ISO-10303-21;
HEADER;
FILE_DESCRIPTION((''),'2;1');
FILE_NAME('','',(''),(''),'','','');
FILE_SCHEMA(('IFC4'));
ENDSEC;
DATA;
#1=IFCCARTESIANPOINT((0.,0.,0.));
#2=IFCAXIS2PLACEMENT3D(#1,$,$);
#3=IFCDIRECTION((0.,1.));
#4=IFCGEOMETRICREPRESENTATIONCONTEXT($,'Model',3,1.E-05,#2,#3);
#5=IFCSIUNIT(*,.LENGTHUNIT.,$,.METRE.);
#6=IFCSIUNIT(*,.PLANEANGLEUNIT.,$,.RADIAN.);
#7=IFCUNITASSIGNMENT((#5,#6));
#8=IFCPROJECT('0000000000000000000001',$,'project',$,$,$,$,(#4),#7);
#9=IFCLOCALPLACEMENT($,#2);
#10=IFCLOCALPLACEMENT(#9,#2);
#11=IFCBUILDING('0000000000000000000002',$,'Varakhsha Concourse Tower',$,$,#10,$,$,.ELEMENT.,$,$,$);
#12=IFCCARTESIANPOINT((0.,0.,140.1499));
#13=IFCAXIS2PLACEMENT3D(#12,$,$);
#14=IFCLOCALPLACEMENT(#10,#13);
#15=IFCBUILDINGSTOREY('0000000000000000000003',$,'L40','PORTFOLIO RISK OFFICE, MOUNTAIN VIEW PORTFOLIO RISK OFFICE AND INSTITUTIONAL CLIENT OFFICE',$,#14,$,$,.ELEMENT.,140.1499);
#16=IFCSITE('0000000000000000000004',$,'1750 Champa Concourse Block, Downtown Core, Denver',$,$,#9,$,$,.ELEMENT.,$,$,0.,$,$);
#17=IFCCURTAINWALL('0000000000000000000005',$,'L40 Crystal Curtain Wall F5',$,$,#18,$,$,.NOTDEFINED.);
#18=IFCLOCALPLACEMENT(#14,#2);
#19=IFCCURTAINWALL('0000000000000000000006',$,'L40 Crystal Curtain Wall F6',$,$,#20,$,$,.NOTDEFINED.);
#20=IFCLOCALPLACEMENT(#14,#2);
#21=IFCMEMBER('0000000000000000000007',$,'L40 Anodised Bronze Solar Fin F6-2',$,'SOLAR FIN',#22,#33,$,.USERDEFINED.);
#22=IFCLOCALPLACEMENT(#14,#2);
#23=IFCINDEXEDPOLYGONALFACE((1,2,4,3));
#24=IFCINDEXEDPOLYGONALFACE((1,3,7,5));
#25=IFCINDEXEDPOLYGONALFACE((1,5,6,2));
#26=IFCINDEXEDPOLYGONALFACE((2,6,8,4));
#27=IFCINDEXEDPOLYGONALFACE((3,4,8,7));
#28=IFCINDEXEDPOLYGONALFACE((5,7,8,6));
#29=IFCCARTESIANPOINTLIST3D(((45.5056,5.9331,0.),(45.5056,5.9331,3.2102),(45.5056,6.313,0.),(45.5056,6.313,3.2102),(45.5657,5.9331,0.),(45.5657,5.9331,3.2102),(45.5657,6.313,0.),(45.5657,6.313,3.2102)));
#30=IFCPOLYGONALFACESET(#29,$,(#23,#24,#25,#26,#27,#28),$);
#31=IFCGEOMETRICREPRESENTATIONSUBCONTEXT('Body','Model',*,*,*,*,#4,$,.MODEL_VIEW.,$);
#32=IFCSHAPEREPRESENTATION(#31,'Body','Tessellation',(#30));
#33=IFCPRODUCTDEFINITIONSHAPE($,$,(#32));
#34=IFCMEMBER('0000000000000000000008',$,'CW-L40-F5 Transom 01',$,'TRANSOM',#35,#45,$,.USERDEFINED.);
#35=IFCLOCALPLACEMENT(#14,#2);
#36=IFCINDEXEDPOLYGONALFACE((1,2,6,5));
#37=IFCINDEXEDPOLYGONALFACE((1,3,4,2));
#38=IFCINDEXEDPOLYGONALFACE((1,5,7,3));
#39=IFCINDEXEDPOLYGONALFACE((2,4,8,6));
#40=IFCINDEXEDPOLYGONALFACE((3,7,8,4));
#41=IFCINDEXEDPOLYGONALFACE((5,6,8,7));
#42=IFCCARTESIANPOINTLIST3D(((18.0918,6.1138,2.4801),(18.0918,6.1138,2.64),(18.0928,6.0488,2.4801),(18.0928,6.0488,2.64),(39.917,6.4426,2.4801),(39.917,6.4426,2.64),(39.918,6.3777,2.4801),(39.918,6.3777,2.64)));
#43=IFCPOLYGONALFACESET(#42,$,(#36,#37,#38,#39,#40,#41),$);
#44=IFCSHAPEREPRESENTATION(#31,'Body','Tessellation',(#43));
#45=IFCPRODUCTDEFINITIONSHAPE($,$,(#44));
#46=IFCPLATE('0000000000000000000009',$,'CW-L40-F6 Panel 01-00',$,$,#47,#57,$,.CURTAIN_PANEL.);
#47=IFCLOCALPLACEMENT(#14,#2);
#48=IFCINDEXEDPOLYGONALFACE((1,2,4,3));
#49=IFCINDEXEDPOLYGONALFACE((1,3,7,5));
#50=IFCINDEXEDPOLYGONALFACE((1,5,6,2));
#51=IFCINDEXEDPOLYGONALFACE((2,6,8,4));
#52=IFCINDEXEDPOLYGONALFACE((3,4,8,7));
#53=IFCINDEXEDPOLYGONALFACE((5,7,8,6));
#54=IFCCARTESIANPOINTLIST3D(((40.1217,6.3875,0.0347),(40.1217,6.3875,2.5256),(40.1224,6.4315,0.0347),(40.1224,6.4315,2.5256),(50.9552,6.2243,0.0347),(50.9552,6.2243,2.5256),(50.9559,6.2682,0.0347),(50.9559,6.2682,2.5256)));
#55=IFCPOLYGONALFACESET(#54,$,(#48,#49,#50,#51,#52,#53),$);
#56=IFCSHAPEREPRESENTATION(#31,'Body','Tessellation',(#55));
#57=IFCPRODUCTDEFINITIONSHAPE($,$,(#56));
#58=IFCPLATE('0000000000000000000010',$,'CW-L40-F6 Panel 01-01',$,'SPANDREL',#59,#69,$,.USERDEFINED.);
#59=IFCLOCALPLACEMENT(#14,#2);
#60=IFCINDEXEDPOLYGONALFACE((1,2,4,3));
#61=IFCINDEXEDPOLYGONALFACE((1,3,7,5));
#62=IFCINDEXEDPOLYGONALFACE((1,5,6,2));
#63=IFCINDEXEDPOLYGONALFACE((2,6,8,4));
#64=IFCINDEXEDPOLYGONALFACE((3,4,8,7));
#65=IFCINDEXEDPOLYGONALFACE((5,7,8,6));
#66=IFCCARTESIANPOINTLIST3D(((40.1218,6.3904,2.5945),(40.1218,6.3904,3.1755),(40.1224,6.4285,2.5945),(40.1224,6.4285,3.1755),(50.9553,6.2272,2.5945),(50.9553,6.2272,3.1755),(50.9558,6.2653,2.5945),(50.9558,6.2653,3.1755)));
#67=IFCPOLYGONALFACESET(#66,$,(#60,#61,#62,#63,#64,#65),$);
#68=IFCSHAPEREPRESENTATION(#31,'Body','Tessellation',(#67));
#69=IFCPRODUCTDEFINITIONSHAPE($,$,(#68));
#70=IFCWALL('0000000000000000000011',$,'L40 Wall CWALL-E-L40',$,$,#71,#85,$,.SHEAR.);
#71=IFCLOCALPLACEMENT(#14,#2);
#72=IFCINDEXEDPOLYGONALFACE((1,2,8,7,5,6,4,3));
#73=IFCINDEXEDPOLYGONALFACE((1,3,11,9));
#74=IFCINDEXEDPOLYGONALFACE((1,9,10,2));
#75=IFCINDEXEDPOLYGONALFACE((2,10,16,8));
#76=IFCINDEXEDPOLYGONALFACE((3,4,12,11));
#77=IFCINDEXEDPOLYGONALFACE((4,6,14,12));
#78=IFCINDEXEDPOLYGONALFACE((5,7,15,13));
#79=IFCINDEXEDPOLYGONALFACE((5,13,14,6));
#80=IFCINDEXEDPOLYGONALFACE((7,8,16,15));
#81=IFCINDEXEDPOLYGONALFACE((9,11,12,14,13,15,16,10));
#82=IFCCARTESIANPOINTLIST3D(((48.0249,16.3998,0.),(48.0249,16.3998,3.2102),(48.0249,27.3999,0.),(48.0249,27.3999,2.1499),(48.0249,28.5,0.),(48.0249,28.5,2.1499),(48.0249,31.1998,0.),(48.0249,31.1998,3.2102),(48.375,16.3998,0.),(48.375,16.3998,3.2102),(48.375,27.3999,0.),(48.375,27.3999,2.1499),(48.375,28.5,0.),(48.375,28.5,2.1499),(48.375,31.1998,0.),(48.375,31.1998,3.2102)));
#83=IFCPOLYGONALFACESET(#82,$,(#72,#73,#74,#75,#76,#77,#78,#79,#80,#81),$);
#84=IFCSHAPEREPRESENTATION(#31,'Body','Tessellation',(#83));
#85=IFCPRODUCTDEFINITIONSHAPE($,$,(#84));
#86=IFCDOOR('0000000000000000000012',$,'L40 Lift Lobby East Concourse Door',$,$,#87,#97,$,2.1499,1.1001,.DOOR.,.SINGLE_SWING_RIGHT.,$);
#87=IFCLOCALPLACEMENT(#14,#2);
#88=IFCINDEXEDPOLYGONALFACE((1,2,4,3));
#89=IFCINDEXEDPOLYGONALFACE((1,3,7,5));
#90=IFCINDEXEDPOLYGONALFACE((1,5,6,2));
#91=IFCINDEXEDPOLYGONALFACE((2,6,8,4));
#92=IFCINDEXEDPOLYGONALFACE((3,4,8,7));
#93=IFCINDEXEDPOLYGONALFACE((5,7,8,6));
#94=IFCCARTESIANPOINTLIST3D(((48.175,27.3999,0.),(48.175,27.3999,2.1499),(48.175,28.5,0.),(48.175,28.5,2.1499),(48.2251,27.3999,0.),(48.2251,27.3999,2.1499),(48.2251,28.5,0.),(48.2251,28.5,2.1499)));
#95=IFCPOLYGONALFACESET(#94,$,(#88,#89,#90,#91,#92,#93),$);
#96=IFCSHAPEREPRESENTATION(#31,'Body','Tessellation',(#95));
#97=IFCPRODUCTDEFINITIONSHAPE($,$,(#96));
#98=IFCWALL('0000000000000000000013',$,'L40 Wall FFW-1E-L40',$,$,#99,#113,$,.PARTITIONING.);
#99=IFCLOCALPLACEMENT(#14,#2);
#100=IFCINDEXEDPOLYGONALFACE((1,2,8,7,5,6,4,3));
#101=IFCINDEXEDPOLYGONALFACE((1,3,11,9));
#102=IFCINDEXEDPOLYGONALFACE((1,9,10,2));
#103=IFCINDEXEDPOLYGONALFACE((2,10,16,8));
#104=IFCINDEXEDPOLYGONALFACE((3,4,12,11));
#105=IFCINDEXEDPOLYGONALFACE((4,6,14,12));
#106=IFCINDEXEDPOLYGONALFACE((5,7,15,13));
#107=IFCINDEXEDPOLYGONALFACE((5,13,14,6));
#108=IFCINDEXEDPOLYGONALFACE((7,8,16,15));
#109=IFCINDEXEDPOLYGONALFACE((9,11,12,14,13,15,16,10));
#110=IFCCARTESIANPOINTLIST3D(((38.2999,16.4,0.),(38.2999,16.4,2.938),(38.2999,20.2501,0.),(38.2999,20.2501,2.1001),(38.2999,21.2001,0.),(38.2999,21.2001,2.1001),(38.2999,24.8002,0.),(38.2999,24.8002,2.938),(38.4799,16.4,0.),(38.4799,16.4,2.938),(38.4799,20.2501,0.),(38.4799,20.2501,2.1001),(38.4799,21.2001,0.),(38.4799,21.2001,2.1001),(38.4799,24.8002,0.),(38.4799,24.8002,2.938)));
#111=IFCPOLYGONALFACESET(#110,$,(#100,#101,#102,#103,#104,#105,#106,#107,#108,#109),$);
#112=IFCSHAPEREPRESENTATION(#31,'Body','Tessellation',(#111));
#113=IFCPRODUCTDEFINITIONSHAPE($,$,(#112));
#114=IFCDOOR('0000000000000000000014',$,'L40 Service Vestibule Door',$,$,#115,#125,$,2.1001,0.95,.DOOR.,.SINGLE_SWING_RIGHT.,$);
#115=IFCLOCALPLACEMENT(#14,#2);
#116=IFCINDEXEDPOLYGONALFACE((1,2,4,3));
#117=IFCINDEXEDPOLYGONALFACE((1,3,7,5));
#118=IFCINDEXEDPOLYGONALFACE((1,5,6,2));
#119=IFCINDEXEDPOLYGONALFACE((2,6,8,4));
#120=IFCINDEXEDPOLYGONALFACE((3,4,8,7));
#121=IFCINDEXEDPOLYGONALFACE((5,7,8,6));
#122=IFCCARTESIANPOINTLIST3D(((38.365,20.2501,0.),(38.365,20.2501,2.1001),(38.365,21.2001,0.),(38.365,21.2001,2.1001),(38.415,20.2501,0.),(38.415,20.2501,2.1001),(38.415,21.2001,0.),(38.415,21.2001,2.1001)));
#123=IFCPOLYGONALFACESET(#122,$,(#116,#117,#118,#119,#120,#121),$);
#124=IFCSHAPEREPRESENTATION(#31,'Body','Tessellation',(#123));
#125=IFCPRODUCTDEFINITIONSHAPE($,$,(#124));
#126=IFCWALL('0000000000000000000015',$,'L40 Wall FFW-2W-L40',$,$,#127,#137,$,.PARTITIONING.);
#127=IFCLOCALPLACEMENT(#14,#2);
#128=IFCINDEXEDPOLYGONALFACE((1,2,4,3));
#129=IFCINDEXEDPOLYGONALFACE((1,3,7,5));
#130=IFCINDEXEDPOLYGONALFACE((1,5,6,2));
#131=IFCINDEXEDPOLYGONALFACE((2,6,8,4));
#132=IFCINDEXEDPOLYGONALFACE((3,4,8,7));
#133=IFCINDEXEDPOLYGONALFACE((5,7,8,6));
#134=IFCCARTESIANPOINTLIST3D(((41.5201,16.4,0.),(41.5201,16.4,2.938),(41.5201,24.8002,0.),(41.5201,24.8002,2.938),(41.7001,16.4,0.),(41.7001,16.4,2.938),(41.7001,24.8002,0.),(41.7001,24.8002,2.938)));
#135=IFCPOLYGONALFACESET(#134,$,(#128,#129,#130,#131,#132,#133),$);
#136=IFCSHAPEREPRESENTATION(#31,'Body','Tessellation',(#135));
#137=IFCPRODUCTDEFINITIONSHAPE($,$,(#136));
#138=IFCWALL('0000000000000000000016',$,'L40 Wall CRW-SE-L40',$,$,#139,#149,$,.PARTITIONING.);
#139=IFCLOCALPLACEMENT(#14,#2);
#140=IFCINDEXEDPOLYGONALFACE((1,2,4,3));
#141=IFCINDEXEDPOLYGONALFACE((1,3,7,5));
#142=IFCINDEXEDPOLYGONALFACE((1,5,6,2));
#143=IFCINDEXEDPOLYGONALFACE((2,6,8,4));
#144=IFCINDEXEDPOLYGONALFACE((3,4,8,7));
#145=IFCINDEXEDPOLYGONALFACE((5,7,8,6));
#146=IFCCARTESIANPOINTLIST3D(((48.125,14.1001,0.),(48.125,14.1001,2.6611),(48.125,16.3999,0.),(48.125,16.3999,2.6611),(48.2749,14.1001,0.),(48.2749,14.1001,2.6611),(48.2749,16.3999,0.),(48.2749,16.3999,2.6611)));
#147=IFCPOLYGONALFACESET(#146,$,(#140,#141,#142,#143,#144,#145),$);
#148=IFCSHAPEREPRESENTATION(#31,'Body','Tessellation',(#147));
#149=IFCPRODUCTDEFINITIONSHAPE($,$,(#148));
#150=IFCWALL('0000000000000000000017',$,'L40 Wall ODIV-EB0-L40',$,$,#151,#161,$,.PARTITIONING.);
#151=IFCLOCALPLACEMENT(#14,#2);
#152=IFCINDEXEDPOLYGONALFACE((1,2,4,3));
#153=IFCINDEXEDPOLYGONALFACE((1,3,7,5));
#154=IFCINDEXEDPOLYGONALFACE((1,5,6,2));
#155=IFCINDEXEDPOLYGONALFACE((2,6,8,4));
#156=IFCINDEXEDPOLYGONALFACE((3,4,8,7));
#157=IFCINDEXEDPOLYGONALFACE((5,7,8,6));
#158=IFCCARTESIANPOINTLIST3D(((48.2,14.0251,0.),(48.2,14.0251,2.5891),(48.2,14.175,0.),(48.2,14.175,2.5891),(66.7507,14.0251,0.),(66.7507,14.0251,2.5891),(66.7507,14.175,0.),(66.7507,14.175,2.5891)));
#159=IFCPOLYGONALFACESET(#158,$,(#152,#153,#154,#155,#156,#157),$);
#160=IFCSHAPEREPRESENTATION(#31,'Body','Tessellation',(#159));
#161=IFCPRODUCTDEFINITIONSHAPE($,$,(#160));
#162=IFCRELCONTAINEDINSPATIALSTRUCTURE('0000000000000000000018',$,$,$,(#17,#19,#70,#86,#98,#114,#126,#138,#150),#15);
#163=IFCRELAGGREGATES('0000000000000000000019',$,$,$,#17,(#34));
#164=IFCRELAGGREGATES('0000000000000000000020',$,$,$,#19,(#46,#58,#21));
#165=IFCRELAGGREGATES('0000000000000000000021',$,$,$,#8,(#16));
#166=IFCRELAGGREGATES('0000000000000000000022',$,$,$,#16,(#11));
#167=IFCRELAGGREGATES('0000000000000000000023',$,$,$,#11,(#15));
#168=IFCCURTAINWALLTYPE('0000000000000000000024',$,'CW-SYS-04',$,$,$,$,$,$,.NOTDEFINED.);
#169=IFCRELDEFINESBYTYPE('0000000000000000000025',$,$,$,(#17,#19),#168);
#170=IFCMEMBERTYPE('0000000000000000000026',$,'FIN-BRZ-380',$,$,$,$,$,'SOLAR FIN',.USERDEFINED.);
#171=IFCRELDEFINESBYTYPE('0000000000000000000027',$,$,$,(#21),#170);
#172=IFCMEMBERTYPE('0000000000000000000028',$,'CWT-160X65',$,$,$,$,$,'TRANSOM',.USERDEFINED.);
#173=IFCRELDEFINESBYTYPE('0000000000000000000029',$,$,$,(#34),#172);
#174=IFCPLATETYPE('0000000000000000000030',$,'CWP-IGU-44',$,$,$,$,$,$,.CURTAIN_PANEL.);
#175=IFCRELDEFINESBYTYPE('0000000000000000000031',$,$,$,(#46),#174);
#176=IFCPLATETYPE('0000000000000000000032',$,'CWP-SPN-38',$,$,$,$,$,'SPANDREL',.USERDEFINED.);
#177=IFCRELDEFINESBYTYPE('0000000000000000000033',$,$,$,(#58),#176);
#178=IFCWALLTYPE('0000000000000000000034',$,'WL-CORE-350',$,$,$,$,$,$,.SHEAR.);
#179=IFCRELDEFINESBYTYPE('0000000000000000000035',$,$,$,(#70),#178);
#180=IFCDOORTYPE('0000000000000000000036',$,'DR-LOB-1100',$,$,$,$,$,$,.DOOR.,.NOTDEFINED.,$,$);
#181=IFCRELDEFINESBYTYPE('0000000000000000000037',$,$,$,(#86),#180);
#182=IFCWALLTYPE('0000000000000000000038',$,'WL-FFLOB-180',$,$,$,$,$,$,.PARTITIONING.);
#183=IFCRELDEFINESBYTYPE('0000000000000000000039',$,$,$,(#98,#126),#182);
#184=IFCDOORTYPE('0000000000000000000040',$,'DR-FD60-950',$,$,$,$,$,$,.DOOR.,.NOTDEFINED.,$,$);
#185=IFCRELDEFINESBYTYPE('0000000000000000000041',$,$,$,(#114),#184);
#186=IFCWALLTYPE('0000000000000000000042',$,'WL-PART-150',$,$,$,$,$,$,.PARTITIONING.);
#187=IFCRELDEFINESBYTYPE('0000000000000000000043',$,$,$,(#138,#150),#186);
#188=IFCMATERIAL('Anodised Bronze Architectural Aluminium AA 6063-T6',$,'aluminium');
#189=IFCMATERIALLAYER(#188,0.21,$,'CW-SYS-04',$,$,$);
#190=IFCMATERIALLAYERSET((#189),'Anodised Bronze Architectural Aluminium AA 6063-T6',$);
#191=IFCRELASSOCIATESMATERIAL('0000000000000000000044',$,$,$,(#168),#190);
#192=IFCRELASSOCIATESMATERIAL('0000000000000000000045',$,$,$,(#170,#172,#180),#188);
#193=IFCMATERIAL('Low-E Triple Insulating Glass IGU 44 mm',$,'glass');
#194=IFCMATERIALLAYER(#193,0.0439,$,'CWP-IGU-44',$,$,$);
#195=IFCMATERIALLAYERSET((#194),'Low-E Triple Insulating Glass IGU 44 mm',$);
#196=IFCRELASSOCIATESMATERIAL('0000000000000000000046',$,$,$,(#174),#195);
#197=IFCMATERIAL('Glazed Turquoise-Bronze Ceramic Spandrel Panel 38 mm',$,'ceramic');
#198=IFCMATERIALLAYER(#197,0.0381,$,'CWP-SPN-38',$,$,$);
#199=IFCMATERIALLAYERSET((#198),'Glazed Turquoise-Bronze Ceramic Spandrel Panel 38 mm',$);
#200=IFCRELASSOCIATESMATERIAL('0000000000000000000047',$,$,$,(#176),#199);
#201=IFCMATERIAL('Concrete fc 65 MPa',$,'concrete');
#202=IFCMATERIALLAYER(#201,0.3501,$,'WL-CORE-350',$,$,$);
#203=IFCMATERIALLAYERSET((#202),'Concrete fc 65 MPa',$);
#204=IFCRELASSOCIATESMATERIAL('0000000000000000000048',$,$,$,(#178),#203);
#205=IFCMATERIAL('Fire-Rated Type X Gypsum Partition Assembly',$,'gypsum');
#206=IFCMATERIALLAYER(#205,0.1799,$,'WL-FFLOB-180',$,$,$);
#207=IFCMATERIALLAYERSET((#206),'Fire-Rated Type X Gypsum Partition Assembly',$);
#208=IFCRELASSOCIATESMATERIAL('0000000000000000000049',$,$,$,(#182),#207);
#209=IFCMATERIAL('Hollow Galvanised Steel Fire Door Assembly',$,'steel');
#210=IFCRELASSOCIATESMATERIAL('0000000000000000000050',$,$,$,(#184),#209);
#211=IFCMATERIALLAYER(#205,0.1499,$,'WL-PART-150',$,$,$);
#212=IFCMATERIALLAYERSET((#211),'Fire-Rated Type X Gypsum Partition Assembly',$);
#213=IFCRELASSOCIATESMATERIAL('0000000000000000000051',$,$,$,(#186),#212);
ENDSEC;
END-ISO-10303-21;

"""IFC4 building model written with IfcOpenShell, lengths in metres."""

from ifc_helpers import new_model, si_unit, direction, frame, frame_2d, origin, origin_2d, place, context, subcontext, project, spatial, rectangle, extrude, source, transform, mapped, material, layer, layer_set, material_profile, profile_set, type_object, type_shapes, element, fill, aggregate, save


model = new_model("IFC4")

# Units and contexts
model_context = context("Model", 3, precision=1e-05, world=origin(), true_north=direction((0.0, 1.0)))
body_context = subcontext(model_context, "Body", "Model", "MODEL_VIEW")
ifc_project = project(units=[si_unit("LENGTHUNIT", "METRE"), si_unit("PLANEANGLEUNIT", "RADIAN")], contexts=[model_context])

# Site, building, storey
site_placement = place(None, origin())
site = spatial("IfcSite", under=ifc_project, at=site_placement, Name="1750 Champa Concourse Block, Downtown Core, Denver", CompositionType="ELEMENT", RefElevation=0.0)
building_placement = place(site_placement, origin())
building = spatial("IfcBuilding", under=site, at=building_placement, Name="Varakhsha Concourse Tower", CompositionType="ELEMENT")
storey_placement = place(building_placement, frame((0.0, 0.0, 140.1499)))
storey = spatial("IfcBuildingStorey", under=building, at=storey_placement, Name="L40", Description="PORTFOLIO RISK OFFICE, MOUNTAIN VIEW PORTFOLIO RISK OFFICE AND INSTITUTIONAL CLIENT OFFICE", CompositionType="ELEMENT", Elevation=140.1499)

# Shared definitions
ifc_material_1 = material(Name="Concrete fc 65 MPa", Category="concrete")

# Curtain wall
ifc_material_2 = material(Name="Anodised Bronze Architectural Aluminium AA 6063-T6", Category="aluminium")
ifc_layer_1 = layer(ifc_material_2, 0.21, Name="CW-SYS-04")
ifc_layer_set_1 = layer_set([ifc_layer_1], Name="Anodised Bronze Architectural Aluminium AA 6063-T6")
curtain_wall_type = type_object("IfcCurtainWallType", Name="CW-SYS-04", PredefinedType="NOTDEFINED", material=ifc_layer_set_1)
curtain_wall_1_placement = place(storey_placement, origin())
curtain_wall_1 = element("IfcCurtainWall", 1, at=curtain_wall_1_placement, inside=storey, type_object=curtain_wall_type, Name="L40 Crystal Curtain Wall F5", PredefinedType="NOTDEFINED")

# Curtain wall, member
curtain_wall_2_placement = place(storey_placement, origin())
curtain_wall_2 = element("IfcCurtainWall", 2, at=curtain_wall_2_placement, inside=storey, type_object=curtain_wall_type, Name="L40 Crystal Curtain Wall F6", PredefinedType="NOTDEFINED")
ifc_material_profile_1 = material_profile(ifc_material_2, rectangle(XDim=0.0601, YDim=0.3799, at=origin_2d()), Name="FIN-BRZ-380")
ifc_profile_set_1 = profile_set([ifc_material_profile_1], Name="Anodised Bronze Architectural Aluminium AA 6063-T6")
member_type_1 = type_object("IfcMemberType", Name="FIN-BRZ-380", ElementType="SOLAR FIN", PredefinedType="USERDEFINED", material=ifc_profile_set_1)
shared_shape_1 = source(origin(), body_context, "Body", "SweptSolid", [
    extrude(rectangle(XDim=0.0601, YDim=0.3799, at=origin_2d()), origin(), (0.0, 0.0, 1.0), 3.2102),
])
type_shapes(member_type_1, [shared_shape_1])
member_1_placement = place(storey_placement, frame((45.5356, 6.123, 0.0), z_axis=(0.0, 0.0, 1.0), x_axis=(1.0, 0.0, 0.0)))
member_1 = element("IfcMember", 3, at=member_1_placement, type_object=member_type_1, Name="L40 Anodised Bronze Solar Fin F6-2", ObjectType="SOLAR FIN", PredefinedType="USERDEFINED", context=body_context, shape_type="MappedRepresentation", body=[
    mapped(shared_shape_1, transform((0.0, 0.0, 0.0), scale=1.0)),
])

# Member
ifc_material_profile_2 = material_profile(ifc_material_2, rectangle(XDim=0.0649, YDim=0.1599, at=origin_2d()), Name="CWT-160X65")
ifc_profile_set_2 = profile_set([ifc_material_profile_2], Name="Anodised Bronze Architectural Aluminium AA 6063-T6")
member_type_2 = type_object("IfcMemberType", Name="CWT-160X65", ElementType="TRANSOM", PredefinedType="USERDEFINED", material=ifc_profile_set_2)
shared_shape_2 = source(origin(), body_context, "Body", "SweptSolid", [
    extrude(rectangle(XDim=0.0649, YDim=0.1599, at=origin_2d()), origin(), (0.0, 0.0, 1.0), 21.8276),
])
type_shapes(member_type_2, [shared_shape_2])
member_2_placement = place(storey_placement, frame((39.9175, 6.4102, 2.5601), z_axis=(-0.999887, -0.015066, 0.0), x_axis=(0.015066, -0.999887, 0.0)))
member_2 = element("IfcMember", 4, at=member_2_placement, type_object=member_type_2, Name="CW-L40-F5 Transom 01", ObjectType="TRANSOM", PredefinedType="USERDEFINED", context=body_context, shape_type="MappedRepresentation", body=[
    mapped(shared_shape_2, transform((0.0, 0.0, 0.0), scale=1.0)),
])
aggregate(curtain_wall_1, [member_2])

# Plates
ifc_material_3 = material(Name="Low-E Triple Insulating Glass IGU 44 mm", Category="glass")
ifc_layer_2 = layer(ifc_material_3, 0.0439, Name="CWP-IGU-44")
ifc_layer_set_2 = layer_set([ifc_layer_2], Name="Low-E Triple Insulating Glass IGU 44 mm")
plate_type_1 = type_object("IfcPlateType", Name="CWP-IGU-44", PredefinedType="CURTAIN_PANEL", material=ifc_layer_set_2)
shared_shape_3 = source(origin(), body_context, "Body", "SweptSolid", [
    extrude(rectangle(XDim=10.8347, YDim=0.0439, at=origin_2d()), origin(), (0.0, 0.0, 1.0), 2.491),
])
type_shapes(plate_type_1, [shared_shape_3])
plate_1_placement = place(storey_placement, frame((45.5388, 6.3279, 0.0347), z_axis=(0.0, 0.0, 1.0), x_axis=(-0.999887, 0.015063, 0.0)))
plate_1 = element("IfcPlate", 5, at=plate_1_placement, type_object=plate_type_1, Name="CW-L40-F6 Panel 01-00", PredefinedType="CURTAIN_PANEL", context=body_context, shape_type="MappedRepresentation", body=[
    mapped(shared_shape_3, transform((0.0, 0.0, 0.0), scale=1.0)),
])
ifc_material_4 = material(Name="Glazed Turquoise-Bronze Ceramic Spandrel Panel 38 mm", Category="ceramic")
ifc_layer_3 = layer(ifc_material_4, 0.0381, Name="CWP-SPN-38")
ifc_layer_set_3 = layer_set([ifc_layer_3], Name="Glazed Turquoise-Bronze Ceramic Spandrel Panel 38 mm")
plate_type_2 = type_object("IfcPlateType", Name="CWP-SPN-38", ElementType="SPANDREL", PredefinedType="USERDEFINED", material=ifc_layer_set_3)
shared_shape_4 = source(origin(), body_context, "Body", "SweptSolid", [
    extrude(rectangle(XDim=10.8347, YDim=0.0381, at=origin_2d()), origin(), (0.0, 0.0, 1.0), 0.5811),
])
type_shapes(plate_type_2, [shared_shape_4])
plate_2_placement = place(storey_placement, frame((45.5388, 6.3279, 2.5945), z_axis=(0.0, 0.0, 1.0), x_axis=(-0.999887, 0.015063, 0.0)))
plate_2 = element("IfcPlate", 6, at=plate_2_placement, type_object=plate_type_2, Name="CW-L40-F6 Panel 01-01", ObjectType="SPANDREL", PredefinedType="USERDEFINED", context=body_context, shape_type="MappedRepresentation", body=[
    mapped(shared_shape_4, transform((0.0, 0.0, 0.0), scale=1.0)),
])
aggregate(curtain_wall_2, [plate_1, plate_2, member_1])

# Walls, openings, doors
ifc_layer_4 = layer(ifc_material_1, 0.3501, Name="WL-CORE-350")
ifc_layer_set_4 = layer_set([ifc_layer_4], Name="Concrete fc 65 MPa")
wall_type_1 = type_object("IfcWallType", Name="WL-CORE-350", PredefinedType="SHEAR", material=ifc_layer_set_4)
wall_1_placement = place(storey_placement, frame((48.2, 16.3999, 0.0), z_axis=(0.0, 0.0, 1.0), x_axis=(0.0, 1.0, 0.0)))
wall_1 = element("IfcWall", 7, at=wall_1_placement, inside=storey, type_object=wall_type_1, Name="L40 Wall CWALL-E-L40", PredefinedType="SHEAR", context=body_context, shape_type="SweptSolid", body=[
    extrude(rectangle(XDim=14.8, YDim=0.3501, at=frame_2d((7.3999, 0.0))), origin(), (0.0, 0.0, 1.0), 3.2102),
])
opening_1_placement = place(wall_1_placement, frame((11.0, 0.0, 0.0)))
opening_1 = element("IfcOpeningElement", 8, at=opening_1_placement, cuts=wall_1, PredefinedType="OPENING", context=body_context, shape_type="SweptSolid", body=[
    extrude(rectangle(XDim=1.1001, YDim=2.1499, at=frame_2d((0.55, 1.075))), frame((0.0, 0.1851, 0.0), z_axis=(0.0, -1.0, 0.0), x_axis=(1.0, 0.0, 0.0)), (0.0, 0.0, 1.0), 0.3701),
])
door_type_1 = type_object("IfcDoorType", Name="DR-LOB-1100", OperationType="NOTDEFINED", PredefinedType="DOOR", material=ifc_material_2)
door_1_placement = place(opening_1_placement, origin())
door_1 = element("IfcDoor", 9, at=door_1_placement, inside=storey, type_object=door_type_1, Name="L40 Lift Lobby East Concourse Door", OperationType="SINGLE_SWING_RIGHT", OverallHeight=2.1499, OverallWidth=1.1001, PredefinedType="DOOR", context=body_context, shape_type="SweptSolid", body=[
    extrude(rectangle(XDim=1.1001, YDim=2.1499, at=frame_2d((0.55, 1.075))), frame((0.0, 0.0249, 0.0), z_axis=(0.0, -1.0, 0.0), x_axis=(1.0, 0.0, 0.0)), (0.0, 0.0, 1.0), 0.05),
])
fill(opening_1, door_1)
ifc_material_5 = material(Name="Fire-Rated Type X Gypsum Partition Assembly", Category="gypsum")
ifc_layer_5 = layer(ifc_material_5, 0.1799, Name="WL-FFLOB-180")
ifc_layer_set_5 = layer_set([ifc_layer_5], Name="Fire-Rated Type X Gypsum Partition Assembly")
wall_type_2 = type_object("IfcWallType", Name="WL-FFLOB-180", PredefinedType="PARTITIONING", material=ifc_layer_set_5)
wall_2_placement = place(storey_placement, frame((38.3899, 16.3999, 0.0), z_axis=(0.0, 0.0, 1.0), x_axis=(0.0, 1.0, 0.0)))
wall_2 = element("IfcWall", 10, at=wall_2_placement, inside=storey, type_object=wall_type_2, Name="L40 Wall FFW-1E-L40", PredefinedType="PARTITIONING", context=body_context, shape_type="SweptSolid", body=[
    extrude(rectangle(XDim=8.4001, YDim=0.1799, at=frame_2d((4.2002, 0.0))), origin(), (0.0, 0.0, 1.0), 2.938),
])
opening_2_placement = place(wall_2_placement, frame((3.8501, 0.0, 0.0)))
opening_2 = element("IfcOpeningElement", 11, at=opening_2_placement, cuts=wall_2, PredefinedType="OPENING", context=body_context, shape_type="SweptSolid", body=[
    extrude(rectangle(XDim=0.95, YDim=2.1001, at=frame_2d((0.4751, 1.05))), frame((0.0, 0.0999, 0.0), z_axis=(0.0, -1.0, 0.0), x_axis=(1.0, 0.0, 0.0)), (0.0, 0.0, 1.0), 0.2),
])
ifc_material_6 = material(Name="Hollow Galvanised Steel Fire Door Assembly", Category="steel")
door_type_2 = type_object("IfcDoorType", Name="DR-FD60-950", OperationType="NOTDEFINED", PredefinedType="DOOR", material=ifc_material_6)
door_2_placement = place(opening_2_placement, origin())
door_2 = element("IfcDoor", 12, at=door_2_placement, inside=storey, type_object=door_type_2, Name="L40 Service Vestibule Door", OperationType="SINGLE_SWING_RIGHT", OverallHeight=2.1001, OverallWidth=0.95, PredefinedType="DOOR", context=body_context, shape_type="SweptSolid", body=[
    extrude(rectangle(XDim=0.95, YDim=2.1001, at=frame_2d((0.4751, 1.05))), frame((0.0, 0.0249, 0.0), z_axis=(0.0, -1.0, 0.0), x_axis=(1.0, 0.0, 0.0)), (0.0, 0.0, 1.0), 0.05),
])
fill(opening_2, door_2)

# Walls
wall_3_placement = place(storey_placement, frame((41.6101, 16.3999, 0.0), z_axis=(0.0, 0.0, 1.0), x_axis=(0.0, 1.0, 0.0)))
element("IfcWall", 13, at=wall_3_placement, inside=storey, type_object=wall_type_2, Name="L40 Wall FFW-2W-L40", PredefinedType="PARTITIONING", context=body_context, shape_type="SweptSolid", body=[
    extrude(rectangle(XDim=8.4001, YDim=0.1799, at=frame_2d((4.2002, 0.0))), origin(), (0.0, 0.0, 1.0), 2.938),
])
ifc_layer_6 = layer(ifc_material_5, 0.1499, Name="WL-PART-150")
ifc_layer_set_6 = layer_set([ifc_layer_6], Name="Fire-Rated Type X Gypsum Partition Assembly")
wall_type_3 = type_object("IfcWallType", Name="WL-PART-150", PredefinedType="PARTITIONING", material=ifc_layer_set_6)
wall_4_placement = place(storey_placement, frame((48.2, 14.1001, 0.0), z_axis=(0.0, 0.0, 1.0), x_axis=(0.0, 1.0, 0.0)))
element("IfcWall", 14, at=wall_4_placement, inside=storey, type_object=wall_type_3, Name="L40 Wall CRW-SE-L40", PredefinedType="PARTITIONING", context=body_context, shape_type="SweptSolid", body=[
    extrude(rectangle(XDim=2.2998, YDim=0.1499, at=frame_2d((1.1499, 0.0))), origin(), (0.0, 0.0, 1.0), 2.6611),
])
wall_5_placement = place(storey_placement, frame((48.2, 14.1001, 0.0), z_axis=(0.0, 0.0, 1.0), x_axis=(1.0, 0.0, 0.0)))
element("IfcWall", 15, at=wall_5_placement, inside=storey, type_object=wall_type_3, Name="L40 Wall ODIV-EB0-L40", PredefinedType="PARTITIONING", context=body_context, shape_type="SweptSolid", body=[
    extrude(rectangle(XDim=18.5508, YDim=0.1499, at=frame_2d((9.2754, 0.0))), origin(), (0.0, 0.0, 1.0), 2.5891),
])

save(model, "model.ifc")
